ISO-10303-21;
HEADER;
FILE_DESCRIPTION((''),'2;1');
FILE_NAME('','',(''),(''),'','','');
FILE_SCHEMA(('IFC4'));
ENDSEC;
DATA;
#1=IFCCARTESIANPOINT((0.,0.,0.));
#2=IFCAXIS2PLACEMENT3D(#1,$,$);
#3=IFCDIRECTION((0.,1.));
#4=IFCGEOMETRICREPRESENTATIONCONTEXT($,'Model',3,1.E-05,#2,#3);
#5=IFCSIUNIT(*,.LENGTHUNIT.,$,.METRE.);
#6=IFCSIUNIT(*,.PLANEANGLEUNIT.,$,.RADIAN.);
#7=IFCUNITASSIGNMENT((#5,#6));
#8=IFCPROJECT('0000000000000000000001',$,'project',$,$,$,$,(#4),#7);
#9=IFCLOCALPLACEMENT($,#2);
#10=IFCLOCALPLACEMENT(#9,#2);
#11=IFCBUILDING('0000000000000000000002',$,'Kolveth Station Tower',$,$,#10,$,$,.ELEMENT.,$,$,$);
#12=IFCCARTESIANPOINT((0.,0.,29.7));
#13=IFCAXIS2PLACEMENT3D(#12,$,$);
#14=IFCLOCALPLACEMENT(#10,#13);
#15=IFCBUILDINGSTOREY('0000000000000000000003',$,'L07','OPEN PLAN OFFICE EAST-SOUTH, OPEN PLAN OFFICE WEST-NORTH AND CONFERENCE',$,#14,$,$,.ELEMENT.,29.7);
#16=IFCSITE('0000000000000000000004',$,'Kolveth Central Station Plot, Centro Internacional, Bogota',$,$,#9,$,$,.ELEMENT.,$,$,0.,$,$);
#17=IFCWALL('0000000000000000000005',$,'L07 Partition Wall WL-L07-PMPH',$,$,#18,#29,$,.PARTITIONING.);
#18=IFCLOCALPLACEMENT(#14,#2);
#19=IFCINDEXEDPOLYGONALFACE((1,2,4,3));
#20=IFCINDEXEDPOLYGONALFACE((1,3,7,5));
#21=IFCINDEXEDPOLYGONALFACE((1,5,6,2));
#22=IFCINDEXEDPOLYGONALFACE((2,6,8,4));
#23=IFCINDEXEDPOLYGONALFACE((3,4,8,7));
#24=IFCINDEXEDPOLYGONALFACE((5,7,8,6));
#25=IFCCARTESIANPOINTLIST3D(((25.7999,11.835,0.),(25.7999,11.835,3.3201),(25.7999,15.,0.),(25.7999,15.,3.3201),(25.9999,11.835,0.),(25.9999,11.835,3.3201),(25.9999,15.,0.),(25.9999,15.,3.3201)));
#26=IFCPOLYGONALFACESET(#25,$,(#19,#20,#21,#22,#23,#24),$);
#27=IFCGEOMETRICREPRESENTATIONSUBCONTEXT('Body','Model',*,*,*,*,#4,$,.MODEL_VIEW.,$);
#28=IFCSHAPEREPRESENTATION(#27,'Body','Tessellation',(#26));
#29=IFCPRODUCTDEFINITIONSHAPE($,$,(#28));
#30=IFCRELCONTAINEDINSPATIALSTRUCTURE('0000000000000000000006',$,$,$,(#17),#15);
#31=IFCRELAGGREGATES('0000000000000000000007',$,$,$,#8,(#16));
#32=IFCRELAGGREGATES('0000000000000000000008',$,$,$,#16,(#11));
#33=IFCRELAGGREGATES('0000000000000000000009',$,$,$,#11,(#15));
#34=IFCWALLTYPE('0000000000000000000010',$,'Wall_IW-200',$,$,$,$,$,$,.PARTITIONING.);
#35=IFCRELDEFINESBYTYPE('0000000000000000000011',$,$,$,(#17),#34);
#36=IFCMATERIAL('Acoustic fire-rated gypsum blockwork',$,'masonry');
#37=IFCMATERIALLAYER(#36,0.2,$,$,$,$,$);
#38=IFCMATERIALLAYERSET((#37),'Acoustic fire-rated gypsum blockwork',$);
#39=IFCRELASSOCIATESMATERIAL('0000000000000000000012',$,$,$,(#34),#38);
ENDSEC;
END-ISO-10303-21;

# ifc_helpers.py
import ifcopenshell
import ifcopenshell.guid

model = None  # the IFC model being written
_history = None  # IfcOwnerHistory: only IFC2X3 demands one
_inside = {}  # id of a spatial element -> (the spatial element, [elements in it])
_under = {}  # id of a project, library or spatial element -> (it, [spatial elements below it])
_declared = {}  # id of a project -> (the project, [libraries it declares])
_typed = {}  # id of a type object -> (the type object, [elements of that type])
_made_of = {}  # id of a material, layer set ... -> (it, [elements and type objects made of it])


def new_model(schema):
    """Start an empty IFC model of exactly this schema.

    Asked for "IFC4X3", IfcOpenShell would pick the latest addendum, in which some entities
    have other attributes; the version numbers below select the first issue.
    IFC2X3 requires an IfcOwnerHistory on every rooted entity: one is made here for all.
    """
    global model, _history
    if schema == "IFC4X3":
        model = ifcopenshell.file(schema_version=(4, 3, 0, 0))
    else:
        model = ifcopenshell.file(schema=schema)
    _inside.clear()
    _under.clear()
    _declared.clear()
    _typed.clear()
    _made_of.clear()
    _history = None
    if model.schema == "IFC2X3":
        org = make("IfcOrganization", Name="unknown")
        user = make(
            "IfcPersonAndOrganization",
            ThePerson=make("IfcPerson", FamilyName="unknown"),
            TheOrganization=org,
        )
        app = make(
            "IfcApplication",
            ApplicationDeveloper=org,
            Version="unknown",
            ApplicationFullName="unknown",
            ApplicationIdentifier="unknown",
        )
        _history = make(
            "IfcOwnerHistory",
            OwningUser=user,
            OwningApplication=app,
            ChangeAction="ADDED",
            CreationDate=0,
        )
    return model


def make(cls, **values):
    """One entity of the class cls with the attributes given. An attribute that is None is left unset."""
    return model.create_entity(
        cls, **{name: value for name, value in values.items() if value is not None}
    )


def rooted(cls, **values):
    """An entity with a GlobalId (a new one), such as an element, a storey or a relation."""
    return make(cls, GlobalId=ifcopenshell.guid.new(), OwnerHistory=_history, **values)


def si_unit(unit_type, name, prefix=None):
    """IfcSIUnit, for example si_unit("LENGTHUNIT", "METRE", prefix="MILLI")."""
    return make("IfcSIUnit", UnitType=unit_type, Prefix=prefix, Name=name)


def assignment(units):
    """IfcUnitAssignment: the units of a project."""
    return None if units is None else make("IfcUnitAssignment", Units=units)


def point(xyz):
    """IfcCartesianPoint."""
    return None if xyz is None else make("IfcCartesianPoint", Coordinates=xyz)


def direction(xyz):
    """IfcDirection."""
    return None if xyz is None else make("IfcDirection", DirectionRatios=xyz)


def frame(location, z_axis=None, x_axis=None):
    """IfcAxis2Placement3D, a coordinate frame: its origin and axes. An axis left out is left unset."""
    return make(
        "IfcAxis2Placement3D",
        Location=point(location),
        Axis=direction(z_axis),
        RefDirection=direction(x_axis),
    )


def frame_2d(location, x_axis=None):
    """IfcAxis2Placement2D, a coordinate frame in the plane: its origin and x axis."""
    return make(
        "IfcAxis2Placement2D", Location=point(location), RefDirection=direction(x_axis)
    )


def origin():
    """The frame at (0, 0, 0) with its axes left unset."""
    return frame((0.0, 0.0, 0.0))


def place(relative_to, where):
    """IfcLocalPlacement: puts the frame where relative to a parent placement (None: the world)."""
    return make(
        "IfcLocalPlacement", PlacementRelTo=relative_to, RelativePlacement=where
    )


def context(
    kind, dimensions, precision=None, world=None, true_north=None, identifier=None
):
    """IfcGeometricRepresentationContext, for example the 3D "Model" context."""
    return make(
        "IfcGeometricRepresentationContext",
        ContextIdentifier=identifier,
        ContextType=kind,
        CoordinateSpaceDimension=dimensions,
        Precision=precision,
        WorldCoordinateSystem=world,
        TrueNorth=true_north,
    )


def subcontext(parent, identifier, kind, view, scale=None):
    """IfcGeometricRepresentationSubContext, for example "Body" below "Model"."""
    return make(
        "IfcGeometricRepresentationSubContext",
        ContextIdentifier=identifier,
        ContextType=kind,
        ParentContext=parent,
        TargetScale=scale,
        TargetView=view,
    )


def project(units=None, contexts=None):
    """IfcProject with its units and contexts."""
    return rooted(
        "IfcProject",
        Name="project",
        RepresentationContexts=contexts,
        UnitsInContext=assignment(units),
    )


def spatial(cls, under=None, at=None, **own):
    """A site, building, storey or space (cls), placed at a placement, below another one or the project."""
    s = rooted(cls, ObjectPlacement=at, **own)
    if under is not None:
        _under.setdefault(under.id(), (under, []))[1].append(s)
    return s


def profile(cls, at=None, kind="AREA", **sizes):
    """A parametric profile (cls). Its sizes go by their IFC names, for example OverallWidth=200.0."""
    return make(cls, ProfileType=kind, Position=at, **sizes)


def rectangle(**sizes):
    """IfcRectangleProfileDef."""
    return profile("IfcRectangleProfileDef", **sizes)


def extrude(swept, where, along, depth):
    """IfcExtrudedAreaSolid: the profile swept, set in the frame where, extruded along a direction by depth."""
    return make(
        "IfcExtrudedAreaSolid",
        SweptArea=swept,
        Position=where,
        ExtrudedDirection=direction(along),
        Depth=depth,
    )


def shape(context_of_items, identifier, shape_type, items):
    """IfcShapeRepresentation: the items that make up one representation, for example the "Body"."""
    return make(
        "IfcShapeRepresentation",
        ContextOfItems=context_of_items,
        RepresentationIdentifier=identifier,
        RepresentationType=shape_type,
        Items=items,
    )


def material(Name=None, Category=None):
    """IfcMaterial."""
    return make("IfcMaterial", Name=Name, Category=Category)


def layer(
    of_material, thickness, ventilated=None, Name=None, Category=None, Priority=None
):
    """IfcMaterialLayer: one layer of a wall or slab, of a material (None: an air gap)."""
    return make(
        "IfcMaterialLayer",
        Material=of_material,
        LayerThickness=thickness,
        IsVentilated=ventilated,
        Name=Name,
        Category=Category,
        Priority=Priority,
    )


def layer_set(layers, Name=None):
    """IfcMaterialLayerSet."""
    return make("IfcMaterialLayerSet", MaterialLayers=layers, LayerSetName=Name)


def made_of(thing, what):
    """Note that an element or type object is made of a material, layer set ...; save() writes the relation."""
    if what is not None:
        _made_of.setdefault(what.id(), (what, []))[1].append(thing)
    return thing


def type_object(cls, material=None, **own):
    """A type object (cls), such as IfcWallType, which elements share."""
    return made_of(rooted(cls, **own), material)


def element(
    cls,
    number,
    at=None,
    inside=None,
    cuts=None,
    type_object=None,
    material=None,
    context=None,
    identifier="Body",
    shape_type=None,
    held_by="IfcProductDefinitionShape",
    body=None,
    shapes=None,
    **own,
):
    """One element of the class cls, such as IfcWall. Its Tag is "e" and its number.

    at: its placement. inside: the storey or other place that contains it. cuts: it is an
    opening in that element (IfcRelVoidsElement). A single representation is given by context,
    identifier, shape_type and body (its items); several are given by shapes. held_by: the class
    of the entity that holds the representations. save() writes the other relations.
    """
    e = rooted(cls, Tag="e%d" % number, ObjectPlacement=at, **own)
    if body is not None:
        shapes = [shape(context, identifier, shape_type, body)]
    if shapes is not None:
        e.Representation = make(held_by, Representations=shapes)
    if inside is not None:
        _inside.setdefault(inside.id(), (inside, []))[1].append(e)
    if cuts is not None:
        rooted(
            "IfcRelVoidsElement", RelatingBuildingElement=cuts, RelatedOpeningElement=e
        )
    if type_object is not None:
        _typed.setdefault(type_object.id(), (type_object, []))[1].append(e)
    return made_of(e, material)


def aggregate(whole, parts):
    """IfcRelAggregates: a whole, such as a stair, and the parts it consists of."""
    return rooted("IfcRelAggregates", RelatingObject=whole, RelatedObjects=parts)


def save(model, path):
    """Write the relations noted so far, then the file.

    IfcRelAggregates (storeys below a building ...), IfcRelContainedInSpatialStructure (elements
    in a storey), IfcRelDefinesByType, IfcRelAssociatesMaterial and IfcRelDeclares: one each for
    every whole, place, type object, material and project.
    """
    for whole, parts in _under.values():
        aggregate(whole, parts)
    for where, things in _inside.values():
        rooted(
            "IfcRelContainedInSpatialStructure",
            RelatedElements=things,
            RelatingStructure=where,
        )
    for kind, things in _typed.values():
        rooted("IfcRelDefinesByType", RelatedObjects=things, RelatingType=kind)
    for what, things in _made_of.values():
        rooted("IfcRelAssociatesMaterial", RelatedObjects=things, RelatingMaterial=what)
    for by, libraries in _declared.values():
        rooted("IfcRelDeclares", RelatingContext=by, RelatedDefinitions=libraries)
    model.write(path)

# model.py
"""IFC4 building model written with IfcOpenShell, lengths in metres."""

from ifc_helpers import new_model, si_unit, direction, frame, frame_2d, origin, place, context, subcontext, project, spatial, rectangle, extrude, material, layer, layer_set, type_object, element, save


model = new_model("IFC4")

# Units and contexts
model_context = context("Model", 3, precision=1e-05, world=origin(), true_north=direction((0.0, 1.0)))
body_context = subcontext(model_context, "Body", "Model", "MODEL_VIEW")
ifc_project = project(units=[si_unit("LENGTHUNIT", "METRE"), si_unit("PLANEANGLEUNIT", "RADIAN")], contexts=[model_context])

# Site, building, storey
site_placement = place(None, origin())
site = spatial("IfcSite", under=ifc_project, at=site_placement, Name="Kolveth Central Station Plot, Centro Internacional, Bogota", CompositionType="ELEMENT", RefElevation=0.0)
building_placement = place(site_placement, origin())
building = spatial("IfcBuilding", under=site, at=building_placement, Name="Kolveth Station Tower", CompositionType="ELEMENT")
storey_placement = place(building_placement, frame((0.0, 0.0, 29.7)))
storey = spatial("IfcBuildingStorey", under=building, at=storey_placement, Name="L07", Description="OPEN PLAN OFFICE EAST-SOUTH, OPEN PLAN OFFICE WEST-NORTH AND CONFERENCE", CompositionType="ELEMENT", Elevation=29.7)

# Shared definitions
ifc_material_1 = material(Name="Acoustic fire-rated gypsum blockwork", Category="masonry")
ifc_layer_1 = layer(ifc_material_1, 0.2)
ifc_layer_set_1 = layer_set([ifc_layer_1], Name="Acoustic fire-rated gypsum blockwork")
wall_type_1 = type_object("IfcWallType", Name="Wall_IW-200", PredefinedType="PARTITIONING", material=ifc_layer_set_1)

# Wall
for number, where, z_axis, x_axis, name in (
    (1, (25.8999, 11.835, 0.0), (0.0, 0.0, 1.0), (0.0, 1.0, 0.0), "L07 Partition Wall WL-L07-PMPH"),
):
    element("IfcWall", number, at=place(storey_placement, frame(where, z_axis=z_axis, x_axis=x_axis)), inside=storey, type_object=wall_type_1, Name=name, PredefinedType="PARTITIONING", context=body_context, shape_type="SweptSolid", body=[
        extrude(rectangle(XDim=3.165, YDim=0.2, at=frame_2d((1.5825, 0.0))), origin(), (0.0, 0.0, 1.0), 3.3201),
    ])

save(model, "model.ifc")
